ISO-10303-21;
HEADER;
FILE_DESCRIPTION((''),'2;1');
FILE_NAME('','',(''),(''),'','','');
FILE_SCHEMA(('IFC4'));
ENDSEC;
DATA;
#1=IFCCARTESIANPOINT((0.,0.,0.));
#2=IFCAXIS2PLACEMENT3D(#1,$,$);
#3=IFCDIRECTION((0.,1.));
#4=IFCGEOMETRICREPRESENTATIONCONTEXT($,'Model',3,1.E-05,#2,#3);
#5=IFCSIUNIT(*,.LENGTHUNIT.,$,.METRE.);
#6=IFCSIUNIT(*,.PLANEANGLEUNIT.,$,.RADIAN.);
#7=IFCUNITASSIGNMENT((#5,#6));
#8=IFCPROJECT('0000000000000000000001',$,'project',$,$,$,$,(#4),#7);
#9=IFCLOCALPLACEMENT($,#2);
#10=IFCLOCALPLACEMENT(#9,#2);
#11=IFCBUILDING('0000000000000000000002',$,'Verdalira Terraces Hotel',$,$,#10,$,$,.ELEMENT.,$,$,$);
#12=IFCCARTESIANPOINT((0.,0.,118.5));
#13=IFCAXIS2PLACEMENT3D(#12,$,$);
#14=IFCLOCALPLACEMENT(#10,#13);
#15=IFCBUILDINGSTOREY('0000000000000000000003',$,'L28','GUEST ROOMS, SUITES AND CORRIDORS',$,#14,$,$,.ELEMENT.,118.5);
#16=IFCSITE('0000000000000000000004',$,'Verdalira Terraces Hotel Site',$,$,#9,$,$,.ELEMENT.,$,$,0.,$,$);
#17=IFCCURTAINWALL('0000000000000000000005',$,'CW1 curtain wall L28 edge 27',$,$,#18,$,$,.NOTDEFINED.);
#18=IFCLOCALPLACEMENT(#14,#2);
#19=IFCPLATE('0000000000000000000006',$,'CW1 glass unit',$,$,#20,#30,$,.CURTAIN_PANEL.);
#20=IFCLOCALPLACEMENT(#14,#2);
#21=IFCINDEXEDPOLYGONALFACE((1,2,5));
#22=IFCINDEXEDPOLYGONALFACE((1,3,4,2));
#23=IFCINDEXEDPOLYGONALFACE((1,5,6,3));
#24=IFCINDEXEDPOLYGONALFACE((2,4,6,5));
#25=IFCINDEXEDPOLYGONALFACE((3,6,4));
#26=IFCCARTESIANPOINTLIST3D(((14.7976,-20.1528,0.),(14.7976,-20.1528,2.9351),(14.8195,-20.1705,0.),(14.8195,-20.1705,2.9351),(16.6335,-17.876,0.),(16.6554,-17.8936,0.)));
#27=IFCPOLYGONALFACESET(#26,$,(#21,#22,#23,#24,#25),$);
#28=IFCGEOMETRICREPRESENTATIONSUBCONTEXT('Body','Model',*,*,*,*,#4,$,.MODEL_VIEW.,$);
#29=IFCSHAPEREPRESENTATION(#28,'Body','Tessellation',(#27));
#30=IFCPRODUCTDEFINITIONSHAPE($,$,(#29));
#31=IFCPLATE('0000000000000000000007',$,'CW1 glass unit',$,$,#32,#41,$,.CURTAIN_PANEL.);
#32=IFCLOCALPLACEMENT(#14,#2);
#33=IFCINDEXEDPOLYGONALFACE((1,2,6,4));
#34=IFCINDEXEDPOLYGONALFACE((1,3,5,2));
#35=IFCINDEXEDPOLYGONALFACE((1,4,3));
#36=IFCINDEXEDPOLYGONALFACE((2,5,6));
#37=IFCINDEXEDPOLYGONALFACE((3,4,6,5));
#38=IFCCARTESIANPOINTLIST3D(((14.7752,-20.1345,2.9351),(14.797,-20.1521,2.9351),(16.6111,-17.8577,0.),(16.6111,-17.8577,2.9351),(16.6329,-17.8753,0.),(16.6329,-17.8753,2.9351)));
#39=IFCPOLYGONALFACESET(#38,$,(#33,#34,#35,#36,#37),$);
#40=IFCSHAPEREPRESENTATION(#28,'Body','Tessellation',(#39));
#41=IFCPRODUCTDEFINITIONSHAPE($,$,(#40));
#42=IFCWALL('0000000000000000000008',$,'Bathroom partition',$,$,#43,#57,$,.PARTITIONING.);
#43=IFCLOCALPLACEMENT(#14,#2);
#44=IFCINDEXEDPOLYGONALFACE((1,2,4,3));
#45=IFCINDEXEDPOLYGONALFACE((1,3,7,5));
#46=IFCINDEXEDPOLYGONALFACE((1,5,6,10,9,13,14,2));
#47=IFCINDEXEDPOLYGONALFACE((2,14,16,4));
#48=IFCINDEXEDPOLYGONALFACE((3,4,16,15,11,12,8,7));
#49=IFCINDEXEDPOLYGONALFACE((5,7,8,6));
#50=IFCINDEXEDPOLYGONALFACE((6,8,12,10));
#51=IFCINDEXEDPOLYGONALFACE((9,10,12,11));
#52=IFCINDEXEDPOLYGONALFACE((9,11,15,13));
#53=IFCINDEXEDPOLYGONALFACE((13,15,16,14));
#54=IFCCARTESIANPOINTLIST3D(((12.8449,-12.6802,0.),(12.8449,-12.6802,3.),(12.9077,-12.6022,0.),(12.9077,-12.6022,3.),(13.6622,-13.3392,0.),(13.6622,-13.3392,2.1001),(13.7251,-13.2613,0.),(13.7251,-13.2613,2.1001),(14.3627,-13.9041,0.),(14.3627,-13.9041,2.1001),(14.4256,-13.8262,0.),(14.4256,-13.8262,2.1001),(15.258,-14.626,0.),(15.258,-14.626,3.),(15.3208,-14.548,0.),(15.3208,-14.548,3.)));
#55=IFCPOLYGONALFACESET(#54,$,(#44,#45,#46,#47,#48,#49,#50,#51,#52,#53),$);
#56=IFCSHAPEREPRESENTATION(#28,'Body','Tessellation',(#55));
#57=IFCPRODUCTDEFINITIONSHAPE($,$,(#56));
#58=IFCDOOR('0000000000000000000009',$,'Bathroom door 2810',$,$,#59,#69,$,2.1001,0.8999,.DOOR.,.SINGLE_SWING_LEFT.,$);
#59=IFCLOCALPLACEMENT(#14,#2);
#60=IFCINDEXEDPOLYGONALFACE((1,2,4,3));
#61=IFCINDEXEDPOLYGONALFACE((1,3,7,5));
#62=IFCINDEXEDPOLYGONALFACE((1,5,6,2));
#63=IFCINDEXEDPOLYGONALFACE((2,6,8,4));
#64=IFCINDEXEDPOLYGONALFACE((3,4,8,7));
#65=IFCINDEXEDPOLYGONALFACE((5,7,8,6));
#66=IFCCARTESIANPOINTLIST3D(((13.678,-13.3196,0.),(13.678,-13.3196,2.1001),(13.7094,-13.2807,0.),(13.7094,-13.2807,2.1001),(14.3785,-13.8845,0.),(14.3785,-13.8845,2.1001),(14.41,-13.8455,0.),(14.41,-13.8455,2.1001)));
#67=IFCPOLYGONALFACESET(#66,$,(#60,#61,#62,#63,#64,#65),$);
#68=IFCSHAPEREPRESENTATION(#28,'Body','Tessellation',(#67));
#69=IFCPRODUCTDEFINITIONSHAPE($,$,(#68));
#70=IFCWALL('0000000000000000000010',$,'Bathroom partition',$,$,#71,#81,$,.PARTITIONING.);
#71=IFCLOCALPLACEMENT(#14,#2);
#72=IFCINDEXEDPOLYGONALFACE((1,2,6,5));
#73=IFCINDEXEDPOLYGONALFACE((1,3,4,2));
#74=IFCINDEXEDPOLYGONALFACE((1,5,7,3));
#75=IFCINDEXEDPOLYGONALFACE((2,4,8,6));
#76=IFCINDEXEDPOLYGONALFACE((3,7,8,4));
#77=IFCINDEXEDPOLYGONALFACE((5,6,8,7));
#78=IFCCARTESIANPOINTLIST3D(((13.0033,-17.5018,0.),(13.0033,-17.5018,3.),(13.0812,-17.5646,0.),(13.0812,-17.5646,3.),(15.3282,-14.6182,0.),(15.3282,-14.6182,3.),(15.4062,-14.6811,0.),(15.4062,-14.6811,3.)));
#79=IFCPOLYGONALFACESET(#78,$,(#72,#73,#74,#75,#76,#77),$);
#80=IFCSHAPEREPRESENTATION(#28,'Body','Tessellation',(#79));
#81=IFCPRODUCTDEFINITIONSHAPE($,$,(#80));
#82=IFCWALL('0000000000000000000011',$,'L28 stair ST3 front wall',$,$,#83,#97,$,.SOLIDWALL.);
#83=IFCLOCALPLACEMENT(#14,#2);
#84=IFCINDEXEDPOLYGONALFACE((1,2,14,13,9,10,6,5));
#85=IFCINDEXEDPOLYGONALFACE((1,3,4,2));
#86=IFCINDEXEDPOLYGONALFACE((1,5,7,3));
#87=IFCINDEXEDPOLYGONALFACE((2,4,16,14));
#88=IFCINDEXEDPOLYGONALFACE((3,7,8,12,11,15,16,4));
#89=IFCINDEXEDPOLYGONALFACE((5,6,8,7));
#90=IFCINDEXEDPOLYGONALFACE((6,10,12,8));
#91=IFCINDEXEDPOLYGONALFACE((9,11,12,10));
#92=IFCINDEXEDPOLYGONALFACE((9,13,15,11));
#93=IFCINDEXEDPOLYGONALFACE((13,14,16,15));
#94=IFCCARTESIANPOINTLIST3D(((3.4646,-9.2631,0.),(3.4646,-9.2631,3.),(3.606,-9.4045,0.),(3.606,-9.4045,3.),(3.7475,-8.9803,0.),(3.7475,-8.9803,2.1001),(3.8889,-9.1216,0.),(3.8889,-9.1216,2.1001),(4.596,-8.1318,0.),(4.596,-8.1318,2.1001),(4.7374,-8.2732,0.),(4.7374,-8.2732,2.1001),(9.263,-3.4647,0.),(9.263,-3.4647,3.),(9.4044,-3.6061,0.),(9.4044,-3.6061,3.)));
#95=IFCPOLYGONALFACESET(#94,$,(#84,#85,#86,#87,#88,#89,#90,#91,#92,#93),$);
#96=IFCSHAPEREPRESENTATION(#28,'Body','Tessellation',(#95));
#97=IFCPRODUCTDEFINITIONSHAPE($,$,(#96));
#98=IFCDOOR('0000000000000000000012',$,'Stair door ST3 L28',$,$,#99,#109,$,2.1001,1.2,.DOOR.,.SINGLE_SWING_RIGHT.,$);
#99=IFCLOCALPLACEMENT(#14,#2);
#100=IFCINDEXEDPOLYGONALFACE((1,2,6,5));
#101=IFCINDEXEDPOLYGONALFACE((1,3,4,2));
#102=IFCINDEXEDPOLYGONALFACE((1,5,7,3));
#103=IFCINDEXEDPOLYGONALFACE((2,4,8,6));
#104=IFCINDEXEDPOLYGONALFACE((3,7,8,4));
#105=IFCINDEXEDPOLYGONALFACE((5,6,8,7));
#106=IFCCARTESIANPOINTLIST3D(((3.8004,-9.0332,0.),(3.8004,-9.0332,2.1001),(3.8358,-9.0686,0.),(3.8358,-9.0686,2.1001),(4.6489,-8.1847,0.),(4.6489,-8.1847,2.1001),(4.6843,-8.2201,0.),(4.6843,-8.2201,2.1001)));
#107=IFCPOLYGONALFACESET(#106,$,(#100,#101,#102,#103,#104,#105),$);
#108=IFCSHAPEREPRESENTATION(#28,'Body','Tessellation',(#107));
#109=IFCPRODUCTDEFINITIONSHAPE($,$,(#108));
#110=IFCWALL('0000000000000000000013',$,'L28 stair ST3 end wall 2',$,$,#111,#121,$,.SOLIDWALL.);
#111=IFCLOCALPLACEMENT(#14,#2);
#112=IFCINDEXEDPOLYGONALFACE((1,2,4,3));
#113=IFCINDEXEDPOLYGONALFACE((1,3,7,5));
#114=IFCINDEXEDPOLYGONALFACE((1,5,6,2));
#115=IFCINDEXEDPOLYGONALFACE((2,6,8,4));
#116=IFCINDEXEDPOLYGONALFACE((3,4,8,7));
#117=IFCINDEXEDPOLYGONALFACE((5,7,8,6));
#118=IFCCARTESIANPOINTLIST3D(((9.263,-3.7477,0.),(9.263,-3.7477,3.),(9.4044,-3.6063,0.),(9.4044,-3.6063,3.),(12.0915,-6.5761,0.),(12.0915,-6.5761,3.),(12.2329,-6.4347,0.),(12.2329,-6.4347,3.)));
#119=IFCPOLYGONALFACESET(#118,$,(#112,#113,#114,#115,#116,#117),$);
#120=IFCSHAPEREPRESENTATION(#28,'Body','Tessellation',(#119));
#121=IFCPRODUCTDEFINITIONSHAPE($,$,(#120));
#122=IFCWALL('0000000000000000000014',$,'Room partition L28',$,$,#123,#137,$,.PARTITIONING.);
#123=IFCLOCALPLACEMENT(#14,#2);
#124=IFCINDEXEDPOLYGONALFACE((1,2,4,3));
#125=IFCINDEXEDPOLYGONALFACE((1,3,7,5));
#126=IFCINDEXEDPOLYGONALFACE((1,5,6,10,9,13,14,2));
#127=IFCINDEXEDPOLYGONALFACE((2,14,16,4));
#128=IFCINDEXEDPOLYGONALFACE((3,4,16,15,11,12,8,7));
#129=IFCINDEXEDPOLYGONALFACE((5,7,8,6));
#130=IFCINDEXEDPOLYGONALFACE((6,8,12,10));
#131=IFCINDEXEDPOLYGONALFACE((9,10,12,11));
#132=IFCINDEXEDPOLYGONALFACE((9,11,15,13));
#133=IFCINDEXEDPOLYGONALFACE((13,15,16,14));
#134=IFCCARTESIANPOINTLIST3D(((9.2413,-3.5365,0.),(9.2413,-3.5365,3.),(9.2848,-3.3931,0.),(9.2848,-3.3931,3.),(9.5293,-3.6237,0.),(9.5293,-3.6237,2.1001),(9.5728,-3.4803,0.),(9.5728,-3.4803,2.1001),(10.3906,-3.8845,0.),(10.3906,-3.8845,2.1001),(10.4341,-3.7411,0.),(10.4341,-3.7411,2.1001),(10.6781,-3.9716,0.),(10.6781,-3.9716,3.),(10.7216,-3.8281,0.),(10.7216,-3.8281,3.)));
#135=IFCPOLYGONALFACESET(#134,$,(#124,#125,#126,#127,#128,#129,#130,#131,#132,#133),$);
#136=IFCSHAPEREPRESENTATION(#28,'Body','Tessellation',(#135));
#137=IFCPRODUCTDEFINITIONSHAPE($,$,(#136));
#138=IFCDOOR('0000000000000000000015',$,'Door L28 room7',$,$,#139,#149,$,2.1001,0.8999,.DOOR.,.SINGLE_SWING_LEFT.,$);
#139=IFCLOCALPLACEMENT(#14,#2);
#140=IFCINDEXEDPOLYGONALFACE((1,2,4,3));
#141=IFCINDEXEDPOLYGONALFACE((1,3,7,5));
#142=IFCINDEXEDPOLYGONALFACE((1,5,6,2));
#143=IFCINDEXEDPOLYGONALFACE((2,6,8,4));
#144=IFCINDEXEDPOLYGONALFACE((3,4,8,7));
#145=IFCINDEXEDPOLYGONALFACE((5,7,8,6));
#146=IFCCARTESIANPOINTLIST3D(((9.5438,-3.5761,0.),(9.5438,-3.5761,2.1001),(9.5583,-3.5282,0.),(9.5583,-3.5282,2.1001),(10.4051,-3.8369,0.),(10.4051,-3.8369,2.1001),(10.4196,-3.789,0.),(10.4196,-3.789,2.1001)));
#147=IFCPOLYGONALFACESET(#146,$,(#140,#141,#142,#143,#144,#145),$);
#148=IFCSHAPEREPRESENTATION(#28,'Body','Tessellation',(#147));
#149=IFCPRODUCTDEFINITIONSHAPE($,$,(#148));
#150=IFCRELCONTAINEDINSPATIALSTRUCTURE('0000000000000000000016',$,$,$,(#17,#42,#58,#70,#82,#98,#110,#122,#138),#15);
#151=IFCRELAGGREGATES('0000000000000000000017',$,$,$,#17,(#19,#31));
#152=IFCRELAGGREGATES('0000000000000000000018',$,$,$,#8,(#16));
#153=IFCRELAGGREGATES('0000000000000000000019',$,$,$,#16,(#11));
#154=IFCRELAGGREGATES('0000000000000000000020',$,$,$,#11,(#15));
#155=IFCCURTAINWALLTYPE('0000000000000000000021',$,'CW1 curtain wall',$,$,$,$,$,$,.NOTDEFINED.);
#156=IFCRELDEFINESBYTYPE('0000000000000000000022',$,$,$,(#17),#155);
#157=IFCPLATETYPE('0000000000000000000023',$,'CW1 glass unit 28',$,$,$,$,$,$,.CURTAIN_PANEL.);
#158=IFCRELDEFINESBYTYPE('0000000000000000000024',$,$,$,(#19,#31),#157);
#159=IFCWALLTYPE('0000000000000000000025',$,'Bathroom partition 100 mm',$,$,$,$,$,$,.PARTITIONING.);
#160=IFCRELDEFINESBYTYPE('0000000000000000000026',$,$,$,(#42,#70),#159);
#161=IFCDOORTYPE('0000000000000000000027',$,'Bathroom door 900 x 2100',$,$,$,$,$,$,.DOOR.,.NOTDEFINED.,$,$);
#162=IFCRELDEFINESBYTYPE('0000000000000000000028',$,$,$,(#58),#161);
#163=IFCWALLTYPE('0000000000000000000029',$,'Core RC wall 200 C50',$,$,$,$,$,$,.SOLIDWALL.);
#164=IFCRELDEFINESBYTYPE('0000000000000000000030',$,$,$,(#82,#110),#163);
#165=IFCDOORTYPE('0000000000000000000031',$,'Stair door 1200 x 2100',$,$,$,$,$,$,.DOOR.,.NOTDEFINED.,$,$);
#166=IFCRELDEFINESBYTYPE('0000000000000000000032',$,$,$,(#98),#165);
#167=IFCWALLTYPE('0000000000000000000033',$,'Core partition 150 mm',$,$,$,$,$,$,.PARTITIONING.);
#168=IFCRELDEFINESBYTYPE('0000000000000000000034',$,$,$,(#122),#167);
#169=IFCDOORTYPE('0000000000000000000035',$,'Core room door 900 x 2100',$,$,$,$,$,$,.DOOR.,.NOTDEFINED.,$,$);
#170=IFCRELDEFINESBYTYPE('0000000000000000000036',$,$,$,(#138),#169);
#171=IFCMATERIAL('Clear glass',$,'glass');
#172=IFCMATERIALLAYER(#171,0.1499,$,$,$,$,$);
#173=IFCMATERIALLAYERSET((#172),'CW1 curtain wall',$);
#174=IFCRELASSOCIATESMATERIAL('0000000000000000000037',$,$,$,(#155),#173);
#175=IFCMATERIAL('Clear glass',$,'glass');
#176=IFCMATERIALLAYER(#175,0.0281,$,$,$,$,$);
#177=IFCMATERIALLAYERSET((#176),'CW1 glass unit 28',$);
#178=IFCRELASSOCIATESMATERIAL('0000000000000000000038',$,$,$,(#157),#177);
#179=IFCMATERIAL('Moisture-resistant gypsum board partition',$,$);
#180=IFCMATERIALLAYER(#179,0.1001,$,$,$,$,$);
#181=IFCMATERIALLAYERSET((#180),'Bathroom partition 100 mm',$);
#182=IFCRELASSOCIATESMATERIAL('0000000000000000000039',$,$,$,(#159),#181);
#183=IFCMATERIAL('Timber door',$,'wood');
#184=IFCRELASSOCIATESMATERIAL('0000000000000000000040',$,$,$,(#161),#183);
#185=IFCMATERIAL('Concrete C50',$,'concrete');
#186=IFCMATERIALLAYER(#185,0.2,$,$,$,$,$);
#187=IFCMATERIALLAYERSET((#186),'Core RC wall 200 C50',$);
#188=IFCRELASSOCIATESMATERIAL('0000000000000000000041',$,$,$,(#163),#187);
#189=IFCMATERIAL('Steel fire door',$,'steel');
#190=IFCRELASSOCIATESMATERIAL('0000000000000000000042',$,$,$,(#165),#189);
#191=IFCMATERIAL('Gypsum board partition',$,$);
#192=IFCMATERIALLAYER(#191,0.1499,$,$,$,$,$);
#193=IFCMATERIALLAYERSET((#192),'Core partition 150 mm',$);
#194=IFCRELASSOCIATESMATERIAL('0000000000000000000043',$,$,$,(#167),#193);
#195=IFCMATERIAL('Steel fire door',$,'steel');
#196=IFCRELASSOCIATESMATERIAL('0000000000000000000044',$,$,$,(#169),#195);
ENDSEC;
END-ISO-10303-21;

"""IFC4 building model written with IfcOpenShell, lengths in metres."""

from ifc_helpers import new_model, si_unit, direction, frame, frame_2d, origin, place, context, subcontext, project, spatial, polyline, rectangle, outline, extrude, material, layer, layer_set, type_object, element, fill, aggregate, save


model = new_model("IFC4")

# Units and contexts
model_context = context("Model", 3, precision=1e-05, world=origin(), true_north=direction((0.0, 1.0)))
body_context = subcontext(model_context, "Body", "Model", "MODEL_VIEW")
ifc_project = project(units=[si_unit("LENGTHUNIT", "METRE"), si_unit("PLANEANGLEUNIT", "RADIAN")], contexts=[model_context])

# Site, building, storey
site_placement = place(None, origin())
site = spatial("IfcSite", under=ifc_project, at=site_placement, Name="Verdalira Terraces Hotel Site", CompositionType="ELEMENT", RefElevation=0.0)
building_placement = place(site_placement, origin())
building = spatial("IfcBuilding", under=site, at=building_placement, Name="Verdalira Terraces Hotel", CompositionType="ELEMENT")
storey_placement = place(building_placement, frame((0.0, 0.0, 118.5)))
storey = spatial("IfcBuildingStorey", under=building, at=storey_placement, Name="L28", Description="GUEST ROOMS, SUITES AND CORRIDORS", CompositionType="ELEMENT", Elevation=118.5)

# Curtain wall, plates
ifc_material_1 = material(Name="Clear glass", Category="glass")
ifc_layer_1 = layer(ifc_material_1, 0.1499)
ifc_layer_set_1 = layer_set([ifc_layer_1], Name="CW1 curtain wall")
curtain_wall_type = type_object("IfcCurtainWallType", Name="CW1 curtain wall", PredefinedType="NOTDEFINED", material=ifc_layer_set_1)
curtain_wall_placement = place(storey_placement, origin())
curtain_wall = element("IfcCurtainWall", 1, at=curtain_wall_placement, inside=storey, type_object=curtain_wall_type, Name="CW1 curtain wall L28 edge 27", PredefinedType="NOTDEFINED")
ifc_material_2 = material(Name="Clear glass", Category="glass")
ifc_layer_2 = layer(ifc_material_2, 0.0281)
ifc_layer_set_2 = layer_set([ifc_layer_2], Name="CW1 glass unit 28")
plate_type = type_object("IfcPlateType", Name="CW1 glass unit 28", PredefinedType="CURTAIN_PANEL", material=ifc_layer_set_2)
plate_1_placement = place(storey_placement, frame((15.7156, -19.0144, 1.4675), z_axis=(0.778462, -0.627691, 0.0), x_axis=(0.627691, 0.778462, 0.0)))
plate_1 = element("IfcPlate", 2, at=plate_1_placement, type_object=plate_type, Name="CW1 glass unit", PredefinedType="CURTAIN_PANEL", context=body_context, shape_type="SweptSolid", body=[
    extrude(outline(polyline([(-1.4624, -1.4675), (1.4624, -1.4675), (-1.4624, 1.4675), (-1.4624, -1.4675)])), origin(), (0.0, 0.0, 1.0), 0.0281),
])
plate_2_placement = place(storey_placement, frame((15.6931, -18.9961, 1.4675), z_axis=(0.778462, -0.627691, 0.0), x_axis=(0.627691, 0.778462, 0.0)))
plate_2 = element("IfcPlate", 3, at=plate_2_placement, type_object=plate_type, Name="CW1 glass unit", PredefinedType="CURTAIN_PANEL", context=body_context, shape_type="SweptSolid", body=[
    extrude(outline(polyline([(1.4624, -1.4675), (1.4624, 1.4675), (-1.4624, 1.4675), (1.4624, -1.4675)])), origin(), (0.0, 0.0, 1.0), 0.0281),
])
aggregate(curtain_wall, [plate_1, plate_2])

# Wall, opening, door
ifc_material_3 = material(Name="Moisture-resistant gypsum board partition")
ifc_layer_3 = layer(ifc_material_3, 0.1001)
ifc_layer_set_3 = layer_set([ifc_layer_3], Name="Bathroom partition 100 mm")
wall_type_1 = type_object("IfcWallType", Name="Bathroom partition 100 mm", PredefinedType="PARTITIONING", material=ifc_layer_set_3)
wall_1_placement = place(storey_placement, frame((15.2893, -14.5869, 0.0), z_axis=(0.0, 0.0, 1.0), x_axis=(-0.77845, 0.627706, 0.0)))
wall_1 = element("IfcWall", 4, at=wall_1_placement, inside=storey, type_object=wall_type_1, Name="Bathroom partition", PredefinedType="PARTITIONING", context=body_context, shape_type="SweptSolid", body=[
    extrude(rectangle(XDim=3.0999, YDim=0.1001, at=frame_2d((1.5498, 0.0))), origin(), (0.0, 0.0, 1.0), 3.0),
])
opening_1_placement = place(wall_1_placement, frame((1.1499, 0.0, 0.0)))
opening_1 = element("IfcOpeningElement", 5, at=opening_1_placement, cuts=wall_1, PredefinedType="OPENING", context=body_context, shape_type="SweptSolid", body=[
    extrude(rectangle(XDim=0.8999, YDim=2.1001, at=frame_2d((0.45, 1.05))), frame((0.0, 0.0601, 0.0), z_axis=(0.0, -1.0, 0.0), x_axis=(1.0, 0.0, 0.0)), (0.0, 0.0, 1.0), 0.1201),
])
ifc_material_4 = material(Name="Timber door", Category="wood")
door_type_1 = type_object("IfcDoorType", Name="Bathroom door 900 x 2100", OperationType="NOTDEFINED", PredefinedType="DOOR", material=ifc_material_4)
door_1_placement = place(opening_1_placement, origin())
door_1 = element("IfcDoor", 6, at=door_1_placement, inside=storey, type_object=door_type_1, Name="Bathroom door 2810", OperationType="SINGLE_SWING_LEFT", OverallHeight=2.1001, OverallWidth=0.8999, PredefinedType="DOOR", context=body_context, shape_type="SweptSolid", body=[
    extrude(rectangle(XDim=0.8999, YDim=2.1001, at=frame_2d((0.45, 1.05))), frame((0.0, 0.0249, 0.0), z_axis=(0.0, -1.0, 0.0), x_axis=(1.0, 0.0, 0.0)), (0.0, 0.0, 1.0), 0.05),
])
fill(opening_1, door_1)

# Wall
wall_2_placement = place(storey_placement, frame((15.3672, -14.6497, 0.0), z_axis=(0.0, 0.0, 1.0), x_axis=(-0.627673, -0.778477, 0.0)))
element("IfcWall", 7, at=wall_2_placement, inside=storey, type_object=wall_type_1, Name="Bathroom partition", PredefinedType="PARTITIONING", context=body_context, shape_type="SweptSolid", body=[
    extrude(rectangle(XDim=3.7041, YDim=0.1001, at=frame_2d((1.8521, 0.0))), origin(), (0.0, 0.0, 1.0), 3.0),
])

# Wall, opening, door
ifc_material_5 = material(Name="Concrete C50", Category="concrete")
ifc_layer_4 = layer(ifc_material_5, 0.2)
ifc_layer_set_4 = layer_set([ifc_layer_4], Name="Core RC wall 200 C50")
wall_type_2 = type_object("IfcWallType", Name="Core RC wall 200 C50", PredefinedType="SOLIDWALL", material=ifc_layer_set_4)
wall_3_placement = place(storey_placement, frame((9.3337, -3.5354, 0.0), z_axis=(0.0, 0.0, 1.0), x_axis=(-0.707107, -0.707107, 0.0)))
wall_3 = element("IfcWall", 8, at=wall_3_placement, inside=storey, type_object=wall_type_2, Name="L28 stair ST3 front wall", PredefinedType="SOLIDWALL", context=body_context, shape_type="SweptSolid", body=[
    extrude(rectangle(XDim=8.2002, YDim=0.2, at=frame_2d((4.1001, 0.0))), origin(), (0.0, 0.0, 1.0), 3.0),
])
opening_2_placement = place(wall_3_placement, frame((6.6001, 0.0, 0.0)))
opening_2 = element("IfcOpeningElement", 9, at=opening_2_placement, cuts=wall_3, PredefinedType="OPENING", context=body_context, shape_type="SweptSolid", body=[
    extrude(rectangle(XDim=1.2, YDim=2.1001, at=frame_2d((0.6001, 1.05))), frame((0.0, 0.1099, 0.0), z_axis=(0.0, -1.0, 0.0), x_axis=(1.0, 0.0, 0.0)), (0.0, 0.0, 1.0), 0.22),
])
ifc_material_6 = material(Name="Steel fire door", Category="steel")
door_type_2 = type_object("IfcDoorType", Name="Stair door 1200 x 2100", OperationType="NOTDEFINED", PredefinedType="DOOR", material=ifc_material_6)
door_2_placement = place(opening_2_placement, origin())
door_2 = element("IfcDoor", 10, at=door_2_placement, inside=storey, type_object=door_type_2, Name="Stair door ST3 L28", OperationType="SINGLE_SWING_RIGHT", OverallHeight=2.1001, OverallWidth=1.2, PredefinedType="DOOR", context=body_context, shape_type="SweptSolid", body=[
    extrude(rectangle(XDim=1.2, YDim=2.1001, at=frame_2d((0.6001, 1.05))), frame((0.0, 0.0249, 0.0), z_axis=(0.0, -1.0, 0.0), x_axis=(1.0, 0.0, 0.0)), (0.0, 0.0, 1.0), 0.05),
])
fill(opening_2, door_2)

# Wall
wall_4_placement = place(storey_placement, frame((9.3337, -3.677, 0.0), z_axis=(0.0, 0.0, 1.0), x_axis=(0.707107, -0.707107, 0.0)))
element("IfcWall", 11, at=wall_4_placement, inside=storey, type_object=wall_type_2, Name="L28 stair ST3 end wall 2", PredefinedType="SOLIDWALL", context=body_context, shape_type="SweptSolid", body=[
    extrude(rectangle(XDim=4.0, YDim=0.2, at=frame_2d((2.0, 0.0))), origin(), (0.0, 0.0, 1.0), 3.0),
])

# Wall, opening, door
ifc_material_7 = material(Name="Gypsum board partition")
ifc_layer_5 = layer(ifc_material_7, 0.1499)
ifc_layer_set_5 = layer_set([ifc_layer_5], Name="Core partition 150 mm")
wall_type_3 = type_object("IfcWallType", Name="Core partition 150 mm", PredefinedType="PARTITIONING", material=ifc_layer_set_5)
wall_5_placement = place(storey_placement, frame((9.2632, -3.4648, 0.0), z_axis=(0.0, 0.0, 1.0), x_axis=(0.957085, -0.289809, 0.0)))
wall_5 = element("IfcWall", 12, at=wall_5_placement, inside=storey, type_object=wall_type_3, Name="Room partition L28", PredefinedType="PARTITIONING", context=body_context, shape_type="SweptSolid", body=[
    extrude(rectangle(XDim=1.5012, YDim=0.1499, at=frame_2d((0.7505, 0.0))), origin(), (0.0, 0.0, 1.0), 3.0),
])
opening_3_placement = place(wall_5_placement, frame((0.3008, 0.0, 0.0)))
opening_3 = element("IfcOpeningElement", 13, at=opening_3_placement, cuts=wall_5, PredefinedType="OPENING", context=body_context, shape_type="SweptSolid", body=[
    extrude(rectangle(XDim=0.8999, YDim=2.1001, at=frame_2d((0.45, 1.05))), frame((0.0, 0.085, 0.0), z_axis=(0.0, -1.0, 0.0), x_axis=(1.0, 0.0, 0.0)), (0.0, 0.0, 1.0), 0.1699),
])
ifc_material_8 = material(Name="Steel fire door", Category="steel")
door_type_3 = type_object("IfcDoorType", Name="Core room door 900 x 2100", OperationType="NOTDEFINED", PredefinedType="DOOR", material=ifc_material_8)
door_3_placement = place(opening_3_placement, origin())
door_3 = element("IfcDoor", 14, at=door_3_placement, inside=storey, type_object=door_type_3, Name="Door L28 room7", OperationType="SINGLE_SWING_LEFT", OverallHeight=2.1001, OverallWidth=0.8999, PredefinedType="DOOR", context=body_context, shape_type="SweptSolid", body=[
    extrude(rectangle(XDim=0.8999, YDim=2.1001, at=frame_2d((0.45, 1.05))), frame((0.0, 0.0249, 0.0), z_axis=(0.0, -1.0, 0.0), x_axis=(1.0, 0.0, 0.0)), (0.0, 0.0, 1.0), 0.05),
])
fill(opening_3, door_3)

save(model, "model.ifc")
